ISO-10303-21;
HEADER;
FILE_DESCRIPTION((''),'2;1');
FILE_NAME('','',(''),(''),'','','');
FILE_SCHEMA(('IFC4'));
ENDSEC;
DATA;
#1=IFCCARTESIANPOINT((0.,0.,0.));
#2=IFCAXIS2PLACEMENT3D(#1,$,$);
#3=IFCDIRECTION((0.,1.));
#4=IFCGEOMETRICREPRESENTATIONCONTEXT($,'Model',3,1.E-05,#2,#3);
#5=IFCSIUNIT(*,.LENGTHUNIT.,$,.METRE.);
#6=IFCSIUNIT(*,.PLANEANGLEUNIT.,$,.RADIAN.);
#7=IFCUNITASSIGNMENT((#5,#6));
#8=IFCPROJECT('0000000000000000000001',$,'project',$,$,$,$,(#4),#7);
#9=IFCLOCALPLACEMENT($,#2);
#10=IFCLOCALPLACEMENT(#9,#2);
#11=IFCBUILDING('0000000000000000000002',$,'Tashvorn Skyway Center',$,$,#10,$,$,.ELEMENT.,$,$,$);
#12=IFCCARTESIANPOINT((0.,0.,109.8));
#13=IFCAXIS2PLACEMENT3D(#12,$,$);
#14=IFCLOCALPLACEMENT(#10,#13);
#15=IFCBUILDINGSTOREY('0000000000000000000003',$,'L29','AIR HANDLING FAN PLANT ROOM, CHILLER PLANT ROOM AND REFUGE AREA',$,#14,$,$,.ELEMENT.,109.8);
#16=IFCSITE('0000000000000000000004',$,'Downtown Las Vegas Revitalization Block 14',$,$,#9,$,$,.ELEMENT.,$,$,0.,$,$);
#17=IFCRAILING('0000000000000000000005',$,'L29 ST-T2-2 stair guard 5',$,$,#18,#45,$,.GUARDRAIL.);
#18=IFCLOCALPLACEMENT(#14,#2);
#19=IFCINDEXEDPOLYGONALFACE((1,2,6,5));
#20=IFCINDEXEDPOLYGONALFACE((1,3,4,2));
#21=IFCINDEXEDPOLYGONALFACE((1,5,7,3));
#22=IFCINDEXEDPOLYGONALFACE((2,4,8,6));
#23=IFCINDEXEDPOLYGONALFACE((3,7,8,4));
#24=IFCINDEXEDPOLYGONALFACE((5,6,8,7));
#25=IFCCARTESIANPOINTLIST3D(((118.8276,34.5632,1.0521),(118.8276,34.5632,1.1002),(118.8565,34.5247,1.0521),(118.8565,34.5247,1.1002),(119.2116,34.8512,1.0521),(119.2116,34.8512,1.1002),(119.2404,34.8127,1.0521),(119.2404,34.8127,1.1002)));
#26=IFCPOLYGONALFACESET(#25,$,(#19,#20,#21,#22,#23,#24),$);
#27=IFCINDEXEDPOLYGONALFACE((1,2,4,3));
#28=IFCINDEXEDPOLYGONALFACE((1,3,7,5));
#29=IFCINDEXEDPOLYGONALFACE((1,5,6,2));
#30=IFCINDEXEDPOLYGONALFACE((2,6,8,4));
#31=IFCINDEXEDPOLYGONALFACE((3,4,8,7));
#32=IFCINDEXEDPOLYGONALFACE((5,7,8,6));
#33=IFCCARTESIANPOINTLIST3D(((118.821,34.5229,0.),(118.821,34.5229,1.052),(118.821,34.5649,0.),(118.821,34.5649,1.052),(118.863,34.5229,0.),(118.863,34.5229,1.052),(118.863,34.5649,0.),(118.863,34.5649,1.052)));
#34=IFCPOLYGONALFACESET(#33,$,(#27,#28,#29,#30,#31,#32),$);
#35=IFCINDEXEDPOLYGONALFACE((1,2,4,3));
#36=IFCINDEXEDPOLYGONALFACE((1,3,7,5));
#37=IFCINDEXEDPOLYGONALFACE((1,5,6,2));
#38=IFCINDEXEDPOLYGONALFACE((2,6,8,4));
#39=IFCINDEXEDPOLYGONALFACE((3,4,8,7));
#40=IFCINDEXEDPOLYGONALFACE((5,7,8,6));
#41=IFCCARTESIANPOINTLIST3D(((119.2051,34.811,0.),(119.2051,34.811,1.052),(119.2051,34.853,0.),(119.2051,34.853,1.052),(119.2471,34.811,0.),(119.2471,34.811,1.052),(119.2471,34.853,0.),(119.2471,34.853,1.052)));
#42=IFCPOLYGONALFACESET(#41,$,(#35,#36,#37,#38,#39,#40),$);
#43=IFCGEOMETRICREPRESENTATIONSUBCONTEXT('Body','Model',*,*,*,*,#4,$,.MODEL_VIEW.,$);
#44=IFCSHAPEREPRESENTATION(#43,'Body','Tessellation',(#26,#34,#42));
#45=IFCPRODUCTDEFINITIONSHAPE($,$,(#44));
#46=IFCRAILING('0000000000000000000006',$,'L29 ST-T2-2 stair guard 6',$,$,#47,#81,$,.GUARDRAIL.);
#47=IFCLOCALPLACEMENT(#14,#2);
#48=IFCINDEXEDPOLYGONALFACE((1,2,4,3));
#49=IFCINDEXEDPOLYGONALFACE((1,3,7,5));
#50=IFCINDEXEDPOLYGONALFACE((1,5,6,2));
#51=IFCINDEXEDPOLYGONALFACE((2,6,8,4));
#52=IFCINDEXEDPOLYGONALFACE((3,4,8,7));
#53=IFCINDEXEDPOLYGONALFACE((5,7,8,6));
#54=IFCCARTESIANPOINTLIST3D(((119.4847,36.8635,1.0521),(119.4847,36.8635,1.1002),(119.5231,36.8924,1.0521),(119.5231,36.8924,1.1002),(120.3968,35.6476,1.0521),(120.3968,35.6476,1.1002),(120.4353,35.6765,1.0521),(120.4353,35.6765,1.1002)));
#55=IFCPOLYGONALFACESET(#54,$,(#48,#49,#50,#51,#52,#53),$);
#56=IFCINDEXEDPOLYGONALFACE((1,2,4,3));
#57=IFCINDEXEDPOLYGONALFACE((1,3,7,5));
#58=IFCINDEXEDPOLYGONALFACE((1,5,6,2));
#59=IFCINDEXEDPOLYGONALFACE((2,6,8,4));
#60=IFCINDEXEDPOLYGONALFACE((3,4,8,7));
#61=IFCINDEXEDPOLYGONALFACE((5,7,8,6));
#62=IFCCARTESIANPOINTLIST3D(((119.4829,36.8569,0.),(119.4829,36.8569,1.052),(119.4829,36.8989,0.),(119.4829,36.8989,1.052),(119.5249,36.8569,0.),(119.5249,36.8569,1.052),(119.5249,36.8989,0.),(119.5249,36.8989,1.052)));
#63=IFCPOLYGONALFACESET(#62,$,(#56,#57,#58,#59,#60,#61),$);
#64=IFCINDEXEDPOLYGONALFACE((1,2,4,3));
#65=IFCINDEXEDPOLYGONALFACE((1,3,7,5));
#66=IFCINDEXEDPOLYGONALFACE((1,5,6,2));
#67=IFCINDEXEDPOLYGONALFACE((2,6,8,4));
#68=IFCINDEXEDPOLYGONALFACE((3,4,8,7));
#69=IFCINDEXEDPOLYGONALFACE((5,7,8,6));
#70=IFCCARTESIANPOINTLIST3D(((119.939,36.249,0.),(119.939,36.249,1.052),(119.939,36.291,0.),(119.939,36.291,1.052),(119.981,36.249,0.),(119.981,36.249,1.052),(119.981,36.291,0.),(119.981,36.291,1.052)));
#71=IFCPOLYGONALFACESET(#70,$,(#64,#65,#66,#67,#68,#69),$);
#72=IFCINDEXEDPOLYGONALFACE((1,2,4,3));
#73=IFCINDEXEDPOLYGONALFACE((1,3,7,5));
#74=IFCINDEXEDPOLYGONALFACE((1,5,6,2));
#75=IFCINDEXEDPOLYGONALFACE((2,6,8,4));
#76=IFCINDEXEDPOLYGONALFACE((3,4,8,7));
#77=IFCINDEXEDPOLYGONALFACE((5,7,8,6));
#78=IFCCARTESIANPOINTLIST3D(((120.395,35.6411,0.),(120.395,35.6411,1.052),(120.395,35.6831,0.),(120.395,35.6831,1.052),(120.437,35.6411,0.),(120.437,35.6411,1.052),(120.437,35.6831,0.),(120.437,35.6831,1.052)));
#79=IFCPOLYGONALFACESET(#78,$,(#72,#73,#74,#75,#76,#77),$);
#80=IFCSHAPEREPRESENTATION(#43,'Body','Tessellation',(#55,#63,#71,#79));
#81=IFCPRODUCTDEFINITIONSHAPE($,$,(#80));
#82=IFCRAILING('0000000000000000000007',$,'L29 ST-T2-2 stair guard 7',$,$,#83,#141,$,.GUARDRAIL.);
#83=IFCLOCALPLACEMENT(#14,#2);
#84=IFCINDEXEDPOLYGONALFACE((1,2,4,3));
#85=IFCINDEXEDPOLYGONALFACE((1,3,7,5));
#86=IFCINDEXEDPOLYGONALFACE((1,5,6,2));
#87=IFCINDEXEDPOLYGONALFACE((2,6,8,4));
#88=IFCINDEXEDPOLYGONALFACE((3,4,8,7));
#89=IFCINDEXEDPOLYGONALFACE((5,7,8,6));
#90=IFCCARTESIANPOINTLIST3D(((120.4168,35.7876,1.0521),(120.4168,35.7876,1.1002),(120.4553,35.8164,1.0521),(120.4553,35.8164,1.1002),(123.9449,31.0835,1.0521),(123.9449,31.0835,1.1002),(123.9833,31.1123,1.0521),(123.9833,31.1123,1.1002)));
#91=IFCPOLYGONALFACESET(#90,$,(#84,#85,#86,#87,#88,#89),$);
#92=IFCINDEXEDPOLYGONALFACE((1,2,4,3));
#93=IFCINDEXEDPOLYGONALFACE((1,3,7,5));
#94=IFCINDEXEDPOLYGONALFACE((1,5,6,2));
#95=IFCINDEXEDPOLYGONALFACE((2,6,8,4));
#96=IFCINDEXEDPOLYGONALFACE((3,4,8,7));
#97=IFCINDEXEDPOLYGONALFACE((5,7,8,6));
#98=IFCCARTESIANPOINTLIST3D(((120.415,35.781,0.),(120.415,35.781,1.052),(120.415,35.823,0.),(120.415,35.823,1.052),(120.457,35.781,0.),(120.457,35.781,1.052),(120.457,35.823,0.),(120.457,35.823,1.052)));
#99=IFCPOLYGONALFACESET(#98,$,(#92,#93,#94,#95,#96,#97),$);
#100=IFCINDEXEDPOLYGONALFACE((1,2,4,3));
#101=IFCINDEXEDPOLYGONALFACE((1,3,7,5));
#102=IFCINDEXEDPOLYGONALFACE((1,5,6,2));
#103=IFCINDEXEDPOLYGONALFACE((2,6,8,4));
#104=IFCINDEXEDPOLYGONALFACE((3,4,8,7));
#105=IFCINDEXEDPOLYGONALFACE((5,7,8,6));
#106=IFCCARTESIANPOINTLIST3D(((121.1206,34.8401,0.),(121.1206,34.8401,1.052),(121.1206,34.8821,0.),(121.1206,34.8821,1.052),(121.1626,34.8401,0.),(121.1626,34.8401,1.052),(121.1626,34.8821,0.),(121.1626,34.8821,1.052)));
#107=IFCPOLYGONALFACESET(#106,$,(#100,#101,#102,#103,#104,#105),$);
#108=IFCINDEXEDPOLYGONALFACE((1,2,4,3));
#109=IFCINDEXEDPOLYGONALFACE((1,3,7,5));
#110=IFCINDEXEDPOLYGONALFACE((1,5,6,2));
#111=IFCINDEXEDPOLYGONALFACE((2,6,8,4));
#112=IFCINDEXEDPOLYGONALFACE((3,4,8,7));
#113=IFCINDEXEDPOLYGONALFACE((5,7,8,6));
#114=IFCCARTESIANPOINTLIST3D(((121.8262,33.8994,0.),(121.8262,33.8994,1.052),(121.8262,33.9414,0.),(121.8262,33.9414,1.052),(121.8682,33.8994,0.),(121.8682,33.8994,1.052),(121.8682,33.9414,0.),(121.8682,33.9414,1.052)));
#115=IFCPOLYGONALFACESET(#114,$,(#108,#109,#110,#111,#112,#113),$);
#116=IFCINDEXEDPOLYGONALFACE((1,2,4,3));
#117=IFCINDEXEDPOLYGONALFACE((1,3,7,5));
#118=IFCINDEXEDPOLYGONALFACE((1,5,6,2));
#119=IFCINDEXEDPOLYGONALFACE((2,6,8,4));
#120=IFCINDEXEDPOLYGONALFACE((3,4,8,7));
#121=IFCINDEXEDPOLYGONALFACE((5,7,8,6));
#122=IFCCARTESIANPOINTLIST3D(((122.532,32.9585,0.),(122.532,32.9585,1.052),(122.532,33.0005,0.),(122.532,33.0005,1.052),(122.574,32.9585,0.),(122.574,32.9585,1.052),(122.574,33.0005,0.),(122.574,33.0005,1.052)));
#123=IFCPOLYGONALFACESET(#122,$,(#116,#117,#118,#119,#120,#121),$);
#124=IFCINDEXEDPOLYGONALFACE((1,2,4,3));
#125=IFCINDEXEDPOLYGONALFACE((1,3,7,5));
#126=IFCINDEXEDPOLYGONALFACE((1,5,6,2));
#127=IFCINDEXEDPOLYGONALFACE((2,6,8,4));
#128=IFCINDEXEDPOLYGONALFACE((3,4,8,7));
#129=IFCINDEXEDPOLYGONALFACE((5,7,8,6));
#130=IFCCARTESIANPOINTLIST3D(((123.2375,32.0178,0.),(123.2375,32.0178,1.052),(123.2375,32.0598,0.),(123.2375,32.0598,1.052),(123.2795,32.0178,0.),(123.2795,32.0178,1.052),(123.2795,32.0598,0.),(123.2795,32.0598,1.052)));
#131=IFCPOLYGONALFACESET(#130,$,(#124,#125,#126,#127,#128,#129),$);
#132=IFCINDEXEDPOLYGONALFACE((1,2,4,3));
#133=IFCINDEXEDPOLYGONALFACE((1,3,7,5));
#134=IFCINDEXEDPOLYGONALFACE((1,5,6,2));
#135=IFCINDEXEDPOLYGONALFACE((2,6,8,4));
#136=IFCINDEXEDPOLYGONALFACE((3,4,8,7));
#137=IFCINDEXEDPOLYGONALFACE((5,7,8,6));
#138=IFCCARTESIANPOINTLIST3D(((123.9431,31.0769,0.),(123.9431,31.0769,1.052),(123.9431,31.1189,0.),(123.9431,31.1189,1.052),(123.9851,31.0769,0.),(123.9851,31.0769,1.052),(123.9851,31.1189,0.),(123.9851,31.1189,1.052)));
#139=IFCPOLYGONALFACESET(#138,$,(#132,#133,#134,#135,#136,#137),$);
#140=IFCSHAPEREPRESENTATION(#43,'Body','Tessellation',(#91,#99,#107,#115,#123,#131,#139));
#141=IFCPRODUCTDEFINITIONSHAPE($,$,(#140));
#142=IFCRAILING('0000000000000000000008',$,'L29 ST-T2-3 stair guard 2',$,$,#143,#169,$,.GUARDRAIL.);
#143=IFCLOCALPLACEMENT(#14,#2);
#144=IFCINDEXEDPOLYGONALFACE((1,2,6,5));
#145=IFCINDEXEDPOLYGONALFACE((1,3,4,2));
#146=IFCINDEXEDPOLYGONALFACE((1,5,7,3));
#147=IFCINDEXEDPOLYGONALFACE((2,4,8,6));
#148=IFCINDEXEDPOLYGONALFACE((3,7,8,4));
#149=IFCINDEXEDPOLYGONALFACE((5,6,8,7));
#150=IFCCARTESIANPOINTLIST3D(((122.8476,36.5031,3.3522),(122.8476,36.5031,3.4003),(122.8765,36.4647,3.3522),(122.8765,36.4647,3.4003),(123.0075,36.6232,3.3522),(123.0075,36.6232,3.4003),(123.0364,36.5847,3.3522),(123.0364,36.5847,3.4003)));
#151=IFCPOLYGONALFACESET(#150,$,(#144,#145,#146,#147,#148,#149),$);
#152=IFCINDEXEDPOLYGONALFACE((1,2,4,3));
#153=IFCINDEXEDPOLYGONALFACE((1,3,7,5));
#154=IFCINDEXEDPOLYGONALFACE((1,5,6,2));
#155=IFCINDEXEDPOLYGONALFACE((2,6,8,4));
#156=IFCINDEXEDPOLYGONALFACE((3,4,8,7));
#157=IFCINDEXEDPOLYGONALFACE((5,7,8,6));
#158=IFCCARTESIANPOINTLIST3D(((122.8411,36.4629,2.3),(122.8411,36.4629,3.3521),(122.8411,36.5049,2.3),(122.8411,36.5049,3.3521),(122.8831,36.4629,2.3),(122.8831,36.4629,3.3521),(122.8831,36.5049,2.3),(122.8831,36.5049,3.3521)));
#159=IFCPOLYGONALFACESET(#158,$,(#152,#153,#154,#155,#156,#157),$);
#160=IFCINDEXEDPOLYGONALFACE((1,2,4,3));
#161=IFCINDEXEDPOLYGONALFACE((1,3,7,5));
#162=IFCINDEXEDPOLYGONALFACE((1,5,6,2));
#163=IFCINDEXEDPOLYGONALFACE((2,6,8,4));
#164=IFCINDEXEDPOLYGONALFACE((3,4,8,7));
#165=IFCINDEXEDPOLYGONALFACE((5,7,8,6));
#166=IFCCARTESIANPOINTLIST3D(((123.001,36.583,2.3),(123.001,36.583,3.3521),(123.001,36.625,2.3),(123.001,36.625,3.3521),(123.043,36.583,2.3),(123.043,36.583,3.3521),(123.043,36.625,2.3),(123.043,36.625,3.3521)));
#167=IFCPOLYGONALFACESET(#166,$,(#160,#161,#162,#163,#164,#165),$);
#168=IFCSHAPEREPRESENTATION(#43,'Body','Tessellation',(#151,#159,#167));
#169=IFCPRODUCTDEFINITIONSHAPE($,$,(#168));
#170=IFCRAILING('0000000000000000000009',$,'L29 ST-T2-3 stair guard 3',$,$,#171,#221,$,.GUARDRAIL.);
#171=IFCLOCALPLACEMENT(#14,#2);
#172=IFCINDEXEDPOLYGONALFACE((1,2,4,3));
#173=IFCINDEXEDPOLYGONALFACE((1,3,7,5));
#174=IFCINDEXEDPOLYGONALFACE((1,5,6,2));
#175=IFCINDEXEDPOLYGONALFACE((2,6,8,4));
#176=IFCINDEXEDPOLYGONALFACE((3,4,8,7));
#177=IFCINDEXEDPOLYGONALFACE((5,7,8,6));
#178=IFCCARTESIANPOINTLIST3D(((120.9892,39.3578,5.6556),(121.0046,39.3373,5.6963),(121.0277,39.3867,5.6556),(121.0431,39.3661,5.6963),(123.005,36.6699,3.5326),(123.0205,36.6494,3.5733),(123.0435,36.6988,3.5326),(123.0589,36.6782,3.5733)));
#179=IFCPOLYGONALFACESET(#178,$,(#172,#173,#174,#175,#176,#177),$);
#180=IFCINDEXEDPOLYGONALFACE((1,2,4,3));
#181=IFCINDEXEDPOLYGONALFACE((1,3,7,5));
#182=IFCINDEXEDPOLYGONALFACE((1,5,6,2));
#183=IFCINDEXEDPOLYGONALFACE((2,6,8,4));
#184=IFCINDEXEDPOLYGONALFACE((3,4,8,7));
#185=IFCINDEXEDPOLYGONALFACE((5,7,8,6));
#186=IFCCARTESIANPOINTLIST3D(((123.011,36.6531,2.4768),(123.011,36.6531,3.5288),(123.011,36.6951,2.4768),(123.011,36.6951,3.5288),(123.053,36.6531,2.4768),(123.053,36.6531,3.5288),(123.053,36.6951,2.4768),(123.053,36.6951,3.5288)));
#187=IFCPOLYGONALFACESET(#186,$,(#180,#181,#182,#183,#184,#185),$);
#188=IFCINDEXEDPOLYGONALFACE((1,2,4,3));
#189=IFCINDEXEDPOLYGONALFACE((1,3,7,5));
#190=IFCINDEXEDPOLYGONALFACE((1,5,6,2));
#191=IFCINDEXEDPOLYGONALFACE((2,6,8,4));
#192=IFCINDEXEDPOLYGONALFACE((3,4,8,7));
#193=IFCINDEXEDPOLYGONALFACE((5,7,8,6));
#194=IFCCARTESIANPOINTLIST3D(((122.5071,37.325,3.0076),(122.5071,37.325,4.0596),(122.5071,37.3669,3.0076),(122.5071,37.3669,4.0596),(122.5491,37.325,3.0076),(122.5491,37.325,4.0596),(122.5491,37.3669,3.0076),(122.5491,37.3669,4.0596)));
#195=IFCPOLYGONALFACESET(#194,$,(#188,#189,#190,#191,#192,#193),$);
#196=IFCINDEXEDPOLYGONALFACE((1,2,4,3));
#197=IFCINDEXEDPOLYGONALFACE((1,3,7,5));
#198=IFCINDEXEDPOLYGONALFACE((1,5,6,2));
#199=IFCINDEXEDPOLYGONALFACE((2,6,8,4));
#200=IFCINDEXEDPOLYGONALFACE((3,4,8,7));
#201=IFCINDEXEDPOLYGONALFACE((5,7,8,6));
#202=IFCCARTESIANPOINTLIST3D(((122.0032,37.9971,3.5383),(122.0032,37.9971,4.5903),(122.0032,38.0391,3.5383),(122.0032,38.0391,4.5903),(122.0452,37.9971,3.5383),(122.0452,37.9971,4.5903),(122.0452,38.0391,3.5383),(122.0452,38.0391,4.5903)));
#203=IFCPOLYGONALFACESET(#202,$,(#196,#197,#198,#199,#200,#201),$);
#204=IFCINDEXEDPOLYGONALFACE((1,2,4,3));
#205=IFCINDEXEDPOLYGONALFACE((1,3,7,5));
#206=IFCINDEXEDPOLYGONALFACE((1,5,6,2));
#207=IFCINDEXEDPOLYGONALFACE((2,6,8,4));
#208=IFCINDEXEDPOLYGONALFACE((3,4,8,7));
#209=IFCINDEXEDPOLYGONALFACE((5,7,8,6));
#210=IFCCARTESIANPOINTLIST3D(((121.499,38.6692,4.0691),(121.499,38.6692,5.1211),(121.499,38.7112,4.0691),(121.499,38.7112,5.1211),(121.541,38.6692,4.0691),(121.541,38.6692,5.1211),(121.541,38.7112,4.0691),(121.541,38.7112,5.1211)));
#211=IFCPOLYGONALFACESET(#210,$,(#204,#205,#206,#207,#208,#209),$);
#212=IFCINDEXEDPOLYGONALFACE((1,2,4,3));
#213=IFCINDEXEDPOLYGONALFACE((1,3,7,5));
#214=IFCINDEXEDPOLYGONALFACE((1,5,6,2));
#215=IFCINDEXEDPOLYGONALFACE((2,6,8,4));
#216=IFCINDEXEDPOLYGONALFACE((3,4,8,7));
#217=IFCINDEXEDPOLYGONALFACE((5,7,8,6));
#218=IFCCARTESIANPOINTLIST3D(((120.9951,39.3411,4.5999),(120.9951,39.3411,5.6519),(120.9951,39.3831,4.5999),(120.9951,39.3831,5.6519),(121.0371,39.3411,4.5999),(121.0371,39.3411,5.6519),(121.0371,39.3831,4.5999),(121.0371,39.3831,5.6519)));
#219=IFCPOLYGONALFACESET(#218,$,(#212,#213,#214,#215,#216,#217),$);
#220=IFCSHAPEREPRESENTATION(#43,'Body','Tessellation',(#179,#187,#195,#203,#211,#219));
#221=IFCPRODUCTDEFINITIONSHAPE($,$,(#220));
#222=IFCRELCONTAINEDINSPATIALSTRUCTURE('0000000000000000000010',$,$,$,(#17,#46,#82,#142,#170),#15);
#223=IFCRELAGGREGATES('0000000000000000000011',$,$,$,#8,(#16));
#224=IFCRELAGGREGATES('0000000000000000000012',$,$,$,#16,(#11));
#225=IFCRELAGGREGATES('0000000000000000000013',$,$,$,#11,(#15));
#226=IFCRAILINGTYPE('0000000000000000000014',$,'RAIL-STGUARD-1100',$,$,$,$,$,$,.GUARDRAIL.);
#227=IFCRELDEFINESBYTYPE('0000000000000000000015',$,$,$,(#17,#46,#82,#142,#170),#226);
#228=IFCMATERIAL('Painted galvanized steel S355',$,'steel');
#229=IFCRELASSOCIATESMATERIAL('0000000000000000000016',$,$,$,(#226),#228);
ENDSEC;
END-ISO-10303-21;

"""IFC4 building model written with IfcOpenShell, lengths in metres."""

from ifc_helpers import new_model, si_unit, direction, frame, origin, origin_2d, place, context, subcontext, project, spatial, rectangle, extrude, material, type_object, element, save


model = new_model("IFC4")

# Units and contexts
model_context = context("Model", 3, precision=1e-05, world=origin(), true_north=direction((0.0, 1.0)))
body_context = subcontext(model_context, "Body", "Model", "MODEL_VIEW")
ifc_project = project(units=[si_unit("LENGTHUNIT", "METRE"), si_unit("PLANEANGLEUNIT", "RADIAN")], contexts=[model_context])

# Site, building, storey
site_placement = place(None, origin())
site = spatial("IfcSite", under=ifc_project, at=site_placement, Name="Downtown Las Vegas Revitalization Block 14", CompositionType="ELEMENT", RefElevation=0.0)
building_placement = place(site_placement, origin())
building = spatial("IfcBuilding", under=site, at=building_placement, Name="Tashvorn Skyway Center", CompositionType="ELEMENT")
storey_placement = place(building_placement, frame((0.0, 0.0, 109.8)))
storey = spatial("IfcBuildingStorey", under=building, at=storey_placement, Name="L29", Description="AIR HANDLING FAN PLANT ROOM, CHILLER PLANT ROOM AND REFUGE AREA", CompositionType="ELEMENT", Elevation=109.8)

# Railings
ifc_material_1 = material(Name="Painted galvanized steel S355", Category="steel")
railing_type_1 = type_object("IfcRailingType", Name="RAIL-STGUARD-1100", PredefinedType="GUARDRAIL", material=ifc_material_1)
railing_1_placement = place(storey_placement, frame((118.842, 34.5439, 0.0)))
element("IfcRailing", 1, at=railing_1_placement, inside=storey, type_object=railing_type_1, Name="L29 ST-T2-2 stair guard 5", PredefinedType="GUARDRAIL", context=body_context, shape_type="SweptSolid", body=[
    extrude(rectangle(XDim=0.0481, YDim=0.0481, at=origin_2d()), frame((0.0, 0.0, 1.0762), z_axis=(0.799939, 0.600081, 0.0), x_axis=(-0.600081, 0.799939, 0.0)), (0.0, 0.0, 1.0), 0.48),
    extrude(rectangle(XDim=0.042, YDim=0.042, at=origin_2d()), origin(), (0.0, 0.0, 1.0), 1.052),
    extrude(rectangle(XDim=0.042, YDim=0.042, at=origin_2d()), frame((0.384, 0.2881, 0.0)), (0.0, 0.0, 1.0), 1.052),
])
railing_2_placement = place(storey_placement, frame((119.5039, 36.8779, 0.0)))
element("IfcRailing", 2, at=railing_2_placement, inside=storey, type_object=railing_type_1, Name="L29 ST-T2-2 stair guard 6", PredefinedType="GUARDRAIL", context=body_context, shape_type="SweptSolid", body=[
    extrude(rectangle(XDim=0.0481, YDim=0.0481, at=origin_2d()), frame((0.0, 0.0, 1.0762), z_axis=(0.600103, -0.799923, 0.0), x_axis=(0.799923, 0.600103, 0.0)), (0.0, 0.0, 1.0), 1.52),
    extrude(rectangle(XDim=0.042, YDim=0.042, at=origin_2d()), origin(), (0.0, 0.0, 1.0), 1.052),
    extrude(rectangle(XDim=0.042, YDim=0.042, at=origin_2d()), frame((0.4561, -0.6079, 0.0)), (0.0, 0.0, 1.0), 1.052),
    extrude(rectangle(XDim=0.042, YDim=0.042, at=origin_2d()), frame((0.9121, -1.2158, 0.0)), (0.0, 0.0, 1.0), 1.052),
])
railing_3_placement = place(storey_placement, frame((120.436, 35.802, 0.0)))
element("IfcRailing", 3, at=railing_3_placement, inside=storey, type_object=railing_type_1, Name="L29 ST-T2-2 stair guard 7", PredefinedType="GUARDRAIL", context=body_context, shape_type="SweptSolid", body=[
    extrude(rectangle(XDim=0.0481, YDim=0.0481, at=origin_2d()), frame((0.0, 0.0, 1.0762), z_axis=(0.6, -0.8, 0.0), x_axis=(0.8, 0.6, 0.0)), (0.0, 0.0, 1.0), 5.8801),
    extrude(rectangle(XDim=0.042, YDim=0.042, at=origin_2d()), origin(), (0.0, 0.0, 1.0), 1.052),
    extrude(rectangle(XDim=0.042, YDim=0.042, at=origin_2d()), frame((0.7056, -0.9409, 0.0)), (0.0, 0.0, 1.0), 1.052),
    extrude(rectangle(XDim=0.042, YDim=0.042, at=origin_2d()), frame((1.4111, -1.8816, 0.0)), (0.0, 0.0, 1.0), 1.052),
    extrude(rectangle(XDim=0.042, YDim=0.042, at=origin_2d()), frame((2.1169, -2.8225, 0.0)), (0.0, 0.0, 1.0), 1.052),
    extrude(rectangle(XDim=0.042, YDim=0.042, at=origin_2d()), frame((2.8225, -3.7632, 0.0)), (0.0, 0.0, 1.0), 1.052),
    extrude(rectangle(XDim=0.042, YDim=0.042, at=origin_2d()), frame((3.5281, -4.7041, 0.0)), (0.0, 0.0, 1.0), 1.052),
])
railing_4_placement = place(storey_placement, frame((122.8621, 36.4839, 2.3)))
element("IfcRailing", 4, at=railing_4_placement, inside=storey, type_object=railing_type_1, Name="L29 ST-T2-3 stair guard 2", PredefinedType="GUARDRAIL", context=body_context, shape_type="SweptSolid", body=[
    extrude(rectangle(XDim=0.0481, YDim=0.0481, at=origin_2d()), frame((0.0, 0.0, 1.0762), z_axis=(0.79956, 0.600586, 0.0), x_axis=(-0.600586, 0.79956, 0.0)), (0.0, 0.0, 1.0), 0.2),
    extrude(rectangle(XDim=0.042, YDim=0.042, at=origin_2d()), origin(), (0.0, 0.0, 1.0), 1.052),
    extrude(rectangle(XDim=0.042, YDim=0.042, at=origin_2d()), frame((0.1599, 0.1201, 0.0)), (0.0, 0.0, 1.0), 1.052),
])
railing_5_placement = place(storey_placement, frame((123.032, 36.6741, 2.4768)))
element("IfcRailing", 5, at=railing_5_placement, inside=storey, type_object=railing_type_1, Name="L29 ST-T2-3 stair guard 3", PredefinedType="GUARDRAIL", context=body_context, shape_type="SweptSolid", body=[
    extrude(rectangle(XDim=0.0481, YDim=0.0481, at=origin_2d()), frame((0.0, 0.0, 1.0762), z_axis=(-0.507206, 0.676315, 0.534172), x_axis=(-0.800017, -0.599977, 0.0)), (0.0, 0.0, 1.0), 3.9744),
    extrude(rectangle(XDim=0.042, YDim=0.042, at=origin_2d()), origin(), (0.0, 0.0, 1.0), 1.052),
    extrude(rectangle(XDim=0.042, YDim=0.042, at=origin_2d()), frame((-0.5039, 0.6719, 0.5308)), (0.0, 0.0, 1.0), 1.052),
    extrude(rectangle(XDim=0.042, YDim=0.042, at=origin_2d()), frame((-1.0078, 1.344, 1.0615)), (0.0, 0.0, 1.0), 1.052),
    extrude(rectangle(XDim=0.042, YDim=0.042, at=origin_2d()), frame((-1.512, 2.0161, 1.5923)), (0.0, 0.0, 1.0), 1.052),
    extrude(rectangle(XDim=0.042, YDim=0.042, at=origin_2d()), frame((-2.0159, 2.688, 2.123)), (0.0, 0.0, 1.0), 1.052),
])

save(model, "model.ifc")
